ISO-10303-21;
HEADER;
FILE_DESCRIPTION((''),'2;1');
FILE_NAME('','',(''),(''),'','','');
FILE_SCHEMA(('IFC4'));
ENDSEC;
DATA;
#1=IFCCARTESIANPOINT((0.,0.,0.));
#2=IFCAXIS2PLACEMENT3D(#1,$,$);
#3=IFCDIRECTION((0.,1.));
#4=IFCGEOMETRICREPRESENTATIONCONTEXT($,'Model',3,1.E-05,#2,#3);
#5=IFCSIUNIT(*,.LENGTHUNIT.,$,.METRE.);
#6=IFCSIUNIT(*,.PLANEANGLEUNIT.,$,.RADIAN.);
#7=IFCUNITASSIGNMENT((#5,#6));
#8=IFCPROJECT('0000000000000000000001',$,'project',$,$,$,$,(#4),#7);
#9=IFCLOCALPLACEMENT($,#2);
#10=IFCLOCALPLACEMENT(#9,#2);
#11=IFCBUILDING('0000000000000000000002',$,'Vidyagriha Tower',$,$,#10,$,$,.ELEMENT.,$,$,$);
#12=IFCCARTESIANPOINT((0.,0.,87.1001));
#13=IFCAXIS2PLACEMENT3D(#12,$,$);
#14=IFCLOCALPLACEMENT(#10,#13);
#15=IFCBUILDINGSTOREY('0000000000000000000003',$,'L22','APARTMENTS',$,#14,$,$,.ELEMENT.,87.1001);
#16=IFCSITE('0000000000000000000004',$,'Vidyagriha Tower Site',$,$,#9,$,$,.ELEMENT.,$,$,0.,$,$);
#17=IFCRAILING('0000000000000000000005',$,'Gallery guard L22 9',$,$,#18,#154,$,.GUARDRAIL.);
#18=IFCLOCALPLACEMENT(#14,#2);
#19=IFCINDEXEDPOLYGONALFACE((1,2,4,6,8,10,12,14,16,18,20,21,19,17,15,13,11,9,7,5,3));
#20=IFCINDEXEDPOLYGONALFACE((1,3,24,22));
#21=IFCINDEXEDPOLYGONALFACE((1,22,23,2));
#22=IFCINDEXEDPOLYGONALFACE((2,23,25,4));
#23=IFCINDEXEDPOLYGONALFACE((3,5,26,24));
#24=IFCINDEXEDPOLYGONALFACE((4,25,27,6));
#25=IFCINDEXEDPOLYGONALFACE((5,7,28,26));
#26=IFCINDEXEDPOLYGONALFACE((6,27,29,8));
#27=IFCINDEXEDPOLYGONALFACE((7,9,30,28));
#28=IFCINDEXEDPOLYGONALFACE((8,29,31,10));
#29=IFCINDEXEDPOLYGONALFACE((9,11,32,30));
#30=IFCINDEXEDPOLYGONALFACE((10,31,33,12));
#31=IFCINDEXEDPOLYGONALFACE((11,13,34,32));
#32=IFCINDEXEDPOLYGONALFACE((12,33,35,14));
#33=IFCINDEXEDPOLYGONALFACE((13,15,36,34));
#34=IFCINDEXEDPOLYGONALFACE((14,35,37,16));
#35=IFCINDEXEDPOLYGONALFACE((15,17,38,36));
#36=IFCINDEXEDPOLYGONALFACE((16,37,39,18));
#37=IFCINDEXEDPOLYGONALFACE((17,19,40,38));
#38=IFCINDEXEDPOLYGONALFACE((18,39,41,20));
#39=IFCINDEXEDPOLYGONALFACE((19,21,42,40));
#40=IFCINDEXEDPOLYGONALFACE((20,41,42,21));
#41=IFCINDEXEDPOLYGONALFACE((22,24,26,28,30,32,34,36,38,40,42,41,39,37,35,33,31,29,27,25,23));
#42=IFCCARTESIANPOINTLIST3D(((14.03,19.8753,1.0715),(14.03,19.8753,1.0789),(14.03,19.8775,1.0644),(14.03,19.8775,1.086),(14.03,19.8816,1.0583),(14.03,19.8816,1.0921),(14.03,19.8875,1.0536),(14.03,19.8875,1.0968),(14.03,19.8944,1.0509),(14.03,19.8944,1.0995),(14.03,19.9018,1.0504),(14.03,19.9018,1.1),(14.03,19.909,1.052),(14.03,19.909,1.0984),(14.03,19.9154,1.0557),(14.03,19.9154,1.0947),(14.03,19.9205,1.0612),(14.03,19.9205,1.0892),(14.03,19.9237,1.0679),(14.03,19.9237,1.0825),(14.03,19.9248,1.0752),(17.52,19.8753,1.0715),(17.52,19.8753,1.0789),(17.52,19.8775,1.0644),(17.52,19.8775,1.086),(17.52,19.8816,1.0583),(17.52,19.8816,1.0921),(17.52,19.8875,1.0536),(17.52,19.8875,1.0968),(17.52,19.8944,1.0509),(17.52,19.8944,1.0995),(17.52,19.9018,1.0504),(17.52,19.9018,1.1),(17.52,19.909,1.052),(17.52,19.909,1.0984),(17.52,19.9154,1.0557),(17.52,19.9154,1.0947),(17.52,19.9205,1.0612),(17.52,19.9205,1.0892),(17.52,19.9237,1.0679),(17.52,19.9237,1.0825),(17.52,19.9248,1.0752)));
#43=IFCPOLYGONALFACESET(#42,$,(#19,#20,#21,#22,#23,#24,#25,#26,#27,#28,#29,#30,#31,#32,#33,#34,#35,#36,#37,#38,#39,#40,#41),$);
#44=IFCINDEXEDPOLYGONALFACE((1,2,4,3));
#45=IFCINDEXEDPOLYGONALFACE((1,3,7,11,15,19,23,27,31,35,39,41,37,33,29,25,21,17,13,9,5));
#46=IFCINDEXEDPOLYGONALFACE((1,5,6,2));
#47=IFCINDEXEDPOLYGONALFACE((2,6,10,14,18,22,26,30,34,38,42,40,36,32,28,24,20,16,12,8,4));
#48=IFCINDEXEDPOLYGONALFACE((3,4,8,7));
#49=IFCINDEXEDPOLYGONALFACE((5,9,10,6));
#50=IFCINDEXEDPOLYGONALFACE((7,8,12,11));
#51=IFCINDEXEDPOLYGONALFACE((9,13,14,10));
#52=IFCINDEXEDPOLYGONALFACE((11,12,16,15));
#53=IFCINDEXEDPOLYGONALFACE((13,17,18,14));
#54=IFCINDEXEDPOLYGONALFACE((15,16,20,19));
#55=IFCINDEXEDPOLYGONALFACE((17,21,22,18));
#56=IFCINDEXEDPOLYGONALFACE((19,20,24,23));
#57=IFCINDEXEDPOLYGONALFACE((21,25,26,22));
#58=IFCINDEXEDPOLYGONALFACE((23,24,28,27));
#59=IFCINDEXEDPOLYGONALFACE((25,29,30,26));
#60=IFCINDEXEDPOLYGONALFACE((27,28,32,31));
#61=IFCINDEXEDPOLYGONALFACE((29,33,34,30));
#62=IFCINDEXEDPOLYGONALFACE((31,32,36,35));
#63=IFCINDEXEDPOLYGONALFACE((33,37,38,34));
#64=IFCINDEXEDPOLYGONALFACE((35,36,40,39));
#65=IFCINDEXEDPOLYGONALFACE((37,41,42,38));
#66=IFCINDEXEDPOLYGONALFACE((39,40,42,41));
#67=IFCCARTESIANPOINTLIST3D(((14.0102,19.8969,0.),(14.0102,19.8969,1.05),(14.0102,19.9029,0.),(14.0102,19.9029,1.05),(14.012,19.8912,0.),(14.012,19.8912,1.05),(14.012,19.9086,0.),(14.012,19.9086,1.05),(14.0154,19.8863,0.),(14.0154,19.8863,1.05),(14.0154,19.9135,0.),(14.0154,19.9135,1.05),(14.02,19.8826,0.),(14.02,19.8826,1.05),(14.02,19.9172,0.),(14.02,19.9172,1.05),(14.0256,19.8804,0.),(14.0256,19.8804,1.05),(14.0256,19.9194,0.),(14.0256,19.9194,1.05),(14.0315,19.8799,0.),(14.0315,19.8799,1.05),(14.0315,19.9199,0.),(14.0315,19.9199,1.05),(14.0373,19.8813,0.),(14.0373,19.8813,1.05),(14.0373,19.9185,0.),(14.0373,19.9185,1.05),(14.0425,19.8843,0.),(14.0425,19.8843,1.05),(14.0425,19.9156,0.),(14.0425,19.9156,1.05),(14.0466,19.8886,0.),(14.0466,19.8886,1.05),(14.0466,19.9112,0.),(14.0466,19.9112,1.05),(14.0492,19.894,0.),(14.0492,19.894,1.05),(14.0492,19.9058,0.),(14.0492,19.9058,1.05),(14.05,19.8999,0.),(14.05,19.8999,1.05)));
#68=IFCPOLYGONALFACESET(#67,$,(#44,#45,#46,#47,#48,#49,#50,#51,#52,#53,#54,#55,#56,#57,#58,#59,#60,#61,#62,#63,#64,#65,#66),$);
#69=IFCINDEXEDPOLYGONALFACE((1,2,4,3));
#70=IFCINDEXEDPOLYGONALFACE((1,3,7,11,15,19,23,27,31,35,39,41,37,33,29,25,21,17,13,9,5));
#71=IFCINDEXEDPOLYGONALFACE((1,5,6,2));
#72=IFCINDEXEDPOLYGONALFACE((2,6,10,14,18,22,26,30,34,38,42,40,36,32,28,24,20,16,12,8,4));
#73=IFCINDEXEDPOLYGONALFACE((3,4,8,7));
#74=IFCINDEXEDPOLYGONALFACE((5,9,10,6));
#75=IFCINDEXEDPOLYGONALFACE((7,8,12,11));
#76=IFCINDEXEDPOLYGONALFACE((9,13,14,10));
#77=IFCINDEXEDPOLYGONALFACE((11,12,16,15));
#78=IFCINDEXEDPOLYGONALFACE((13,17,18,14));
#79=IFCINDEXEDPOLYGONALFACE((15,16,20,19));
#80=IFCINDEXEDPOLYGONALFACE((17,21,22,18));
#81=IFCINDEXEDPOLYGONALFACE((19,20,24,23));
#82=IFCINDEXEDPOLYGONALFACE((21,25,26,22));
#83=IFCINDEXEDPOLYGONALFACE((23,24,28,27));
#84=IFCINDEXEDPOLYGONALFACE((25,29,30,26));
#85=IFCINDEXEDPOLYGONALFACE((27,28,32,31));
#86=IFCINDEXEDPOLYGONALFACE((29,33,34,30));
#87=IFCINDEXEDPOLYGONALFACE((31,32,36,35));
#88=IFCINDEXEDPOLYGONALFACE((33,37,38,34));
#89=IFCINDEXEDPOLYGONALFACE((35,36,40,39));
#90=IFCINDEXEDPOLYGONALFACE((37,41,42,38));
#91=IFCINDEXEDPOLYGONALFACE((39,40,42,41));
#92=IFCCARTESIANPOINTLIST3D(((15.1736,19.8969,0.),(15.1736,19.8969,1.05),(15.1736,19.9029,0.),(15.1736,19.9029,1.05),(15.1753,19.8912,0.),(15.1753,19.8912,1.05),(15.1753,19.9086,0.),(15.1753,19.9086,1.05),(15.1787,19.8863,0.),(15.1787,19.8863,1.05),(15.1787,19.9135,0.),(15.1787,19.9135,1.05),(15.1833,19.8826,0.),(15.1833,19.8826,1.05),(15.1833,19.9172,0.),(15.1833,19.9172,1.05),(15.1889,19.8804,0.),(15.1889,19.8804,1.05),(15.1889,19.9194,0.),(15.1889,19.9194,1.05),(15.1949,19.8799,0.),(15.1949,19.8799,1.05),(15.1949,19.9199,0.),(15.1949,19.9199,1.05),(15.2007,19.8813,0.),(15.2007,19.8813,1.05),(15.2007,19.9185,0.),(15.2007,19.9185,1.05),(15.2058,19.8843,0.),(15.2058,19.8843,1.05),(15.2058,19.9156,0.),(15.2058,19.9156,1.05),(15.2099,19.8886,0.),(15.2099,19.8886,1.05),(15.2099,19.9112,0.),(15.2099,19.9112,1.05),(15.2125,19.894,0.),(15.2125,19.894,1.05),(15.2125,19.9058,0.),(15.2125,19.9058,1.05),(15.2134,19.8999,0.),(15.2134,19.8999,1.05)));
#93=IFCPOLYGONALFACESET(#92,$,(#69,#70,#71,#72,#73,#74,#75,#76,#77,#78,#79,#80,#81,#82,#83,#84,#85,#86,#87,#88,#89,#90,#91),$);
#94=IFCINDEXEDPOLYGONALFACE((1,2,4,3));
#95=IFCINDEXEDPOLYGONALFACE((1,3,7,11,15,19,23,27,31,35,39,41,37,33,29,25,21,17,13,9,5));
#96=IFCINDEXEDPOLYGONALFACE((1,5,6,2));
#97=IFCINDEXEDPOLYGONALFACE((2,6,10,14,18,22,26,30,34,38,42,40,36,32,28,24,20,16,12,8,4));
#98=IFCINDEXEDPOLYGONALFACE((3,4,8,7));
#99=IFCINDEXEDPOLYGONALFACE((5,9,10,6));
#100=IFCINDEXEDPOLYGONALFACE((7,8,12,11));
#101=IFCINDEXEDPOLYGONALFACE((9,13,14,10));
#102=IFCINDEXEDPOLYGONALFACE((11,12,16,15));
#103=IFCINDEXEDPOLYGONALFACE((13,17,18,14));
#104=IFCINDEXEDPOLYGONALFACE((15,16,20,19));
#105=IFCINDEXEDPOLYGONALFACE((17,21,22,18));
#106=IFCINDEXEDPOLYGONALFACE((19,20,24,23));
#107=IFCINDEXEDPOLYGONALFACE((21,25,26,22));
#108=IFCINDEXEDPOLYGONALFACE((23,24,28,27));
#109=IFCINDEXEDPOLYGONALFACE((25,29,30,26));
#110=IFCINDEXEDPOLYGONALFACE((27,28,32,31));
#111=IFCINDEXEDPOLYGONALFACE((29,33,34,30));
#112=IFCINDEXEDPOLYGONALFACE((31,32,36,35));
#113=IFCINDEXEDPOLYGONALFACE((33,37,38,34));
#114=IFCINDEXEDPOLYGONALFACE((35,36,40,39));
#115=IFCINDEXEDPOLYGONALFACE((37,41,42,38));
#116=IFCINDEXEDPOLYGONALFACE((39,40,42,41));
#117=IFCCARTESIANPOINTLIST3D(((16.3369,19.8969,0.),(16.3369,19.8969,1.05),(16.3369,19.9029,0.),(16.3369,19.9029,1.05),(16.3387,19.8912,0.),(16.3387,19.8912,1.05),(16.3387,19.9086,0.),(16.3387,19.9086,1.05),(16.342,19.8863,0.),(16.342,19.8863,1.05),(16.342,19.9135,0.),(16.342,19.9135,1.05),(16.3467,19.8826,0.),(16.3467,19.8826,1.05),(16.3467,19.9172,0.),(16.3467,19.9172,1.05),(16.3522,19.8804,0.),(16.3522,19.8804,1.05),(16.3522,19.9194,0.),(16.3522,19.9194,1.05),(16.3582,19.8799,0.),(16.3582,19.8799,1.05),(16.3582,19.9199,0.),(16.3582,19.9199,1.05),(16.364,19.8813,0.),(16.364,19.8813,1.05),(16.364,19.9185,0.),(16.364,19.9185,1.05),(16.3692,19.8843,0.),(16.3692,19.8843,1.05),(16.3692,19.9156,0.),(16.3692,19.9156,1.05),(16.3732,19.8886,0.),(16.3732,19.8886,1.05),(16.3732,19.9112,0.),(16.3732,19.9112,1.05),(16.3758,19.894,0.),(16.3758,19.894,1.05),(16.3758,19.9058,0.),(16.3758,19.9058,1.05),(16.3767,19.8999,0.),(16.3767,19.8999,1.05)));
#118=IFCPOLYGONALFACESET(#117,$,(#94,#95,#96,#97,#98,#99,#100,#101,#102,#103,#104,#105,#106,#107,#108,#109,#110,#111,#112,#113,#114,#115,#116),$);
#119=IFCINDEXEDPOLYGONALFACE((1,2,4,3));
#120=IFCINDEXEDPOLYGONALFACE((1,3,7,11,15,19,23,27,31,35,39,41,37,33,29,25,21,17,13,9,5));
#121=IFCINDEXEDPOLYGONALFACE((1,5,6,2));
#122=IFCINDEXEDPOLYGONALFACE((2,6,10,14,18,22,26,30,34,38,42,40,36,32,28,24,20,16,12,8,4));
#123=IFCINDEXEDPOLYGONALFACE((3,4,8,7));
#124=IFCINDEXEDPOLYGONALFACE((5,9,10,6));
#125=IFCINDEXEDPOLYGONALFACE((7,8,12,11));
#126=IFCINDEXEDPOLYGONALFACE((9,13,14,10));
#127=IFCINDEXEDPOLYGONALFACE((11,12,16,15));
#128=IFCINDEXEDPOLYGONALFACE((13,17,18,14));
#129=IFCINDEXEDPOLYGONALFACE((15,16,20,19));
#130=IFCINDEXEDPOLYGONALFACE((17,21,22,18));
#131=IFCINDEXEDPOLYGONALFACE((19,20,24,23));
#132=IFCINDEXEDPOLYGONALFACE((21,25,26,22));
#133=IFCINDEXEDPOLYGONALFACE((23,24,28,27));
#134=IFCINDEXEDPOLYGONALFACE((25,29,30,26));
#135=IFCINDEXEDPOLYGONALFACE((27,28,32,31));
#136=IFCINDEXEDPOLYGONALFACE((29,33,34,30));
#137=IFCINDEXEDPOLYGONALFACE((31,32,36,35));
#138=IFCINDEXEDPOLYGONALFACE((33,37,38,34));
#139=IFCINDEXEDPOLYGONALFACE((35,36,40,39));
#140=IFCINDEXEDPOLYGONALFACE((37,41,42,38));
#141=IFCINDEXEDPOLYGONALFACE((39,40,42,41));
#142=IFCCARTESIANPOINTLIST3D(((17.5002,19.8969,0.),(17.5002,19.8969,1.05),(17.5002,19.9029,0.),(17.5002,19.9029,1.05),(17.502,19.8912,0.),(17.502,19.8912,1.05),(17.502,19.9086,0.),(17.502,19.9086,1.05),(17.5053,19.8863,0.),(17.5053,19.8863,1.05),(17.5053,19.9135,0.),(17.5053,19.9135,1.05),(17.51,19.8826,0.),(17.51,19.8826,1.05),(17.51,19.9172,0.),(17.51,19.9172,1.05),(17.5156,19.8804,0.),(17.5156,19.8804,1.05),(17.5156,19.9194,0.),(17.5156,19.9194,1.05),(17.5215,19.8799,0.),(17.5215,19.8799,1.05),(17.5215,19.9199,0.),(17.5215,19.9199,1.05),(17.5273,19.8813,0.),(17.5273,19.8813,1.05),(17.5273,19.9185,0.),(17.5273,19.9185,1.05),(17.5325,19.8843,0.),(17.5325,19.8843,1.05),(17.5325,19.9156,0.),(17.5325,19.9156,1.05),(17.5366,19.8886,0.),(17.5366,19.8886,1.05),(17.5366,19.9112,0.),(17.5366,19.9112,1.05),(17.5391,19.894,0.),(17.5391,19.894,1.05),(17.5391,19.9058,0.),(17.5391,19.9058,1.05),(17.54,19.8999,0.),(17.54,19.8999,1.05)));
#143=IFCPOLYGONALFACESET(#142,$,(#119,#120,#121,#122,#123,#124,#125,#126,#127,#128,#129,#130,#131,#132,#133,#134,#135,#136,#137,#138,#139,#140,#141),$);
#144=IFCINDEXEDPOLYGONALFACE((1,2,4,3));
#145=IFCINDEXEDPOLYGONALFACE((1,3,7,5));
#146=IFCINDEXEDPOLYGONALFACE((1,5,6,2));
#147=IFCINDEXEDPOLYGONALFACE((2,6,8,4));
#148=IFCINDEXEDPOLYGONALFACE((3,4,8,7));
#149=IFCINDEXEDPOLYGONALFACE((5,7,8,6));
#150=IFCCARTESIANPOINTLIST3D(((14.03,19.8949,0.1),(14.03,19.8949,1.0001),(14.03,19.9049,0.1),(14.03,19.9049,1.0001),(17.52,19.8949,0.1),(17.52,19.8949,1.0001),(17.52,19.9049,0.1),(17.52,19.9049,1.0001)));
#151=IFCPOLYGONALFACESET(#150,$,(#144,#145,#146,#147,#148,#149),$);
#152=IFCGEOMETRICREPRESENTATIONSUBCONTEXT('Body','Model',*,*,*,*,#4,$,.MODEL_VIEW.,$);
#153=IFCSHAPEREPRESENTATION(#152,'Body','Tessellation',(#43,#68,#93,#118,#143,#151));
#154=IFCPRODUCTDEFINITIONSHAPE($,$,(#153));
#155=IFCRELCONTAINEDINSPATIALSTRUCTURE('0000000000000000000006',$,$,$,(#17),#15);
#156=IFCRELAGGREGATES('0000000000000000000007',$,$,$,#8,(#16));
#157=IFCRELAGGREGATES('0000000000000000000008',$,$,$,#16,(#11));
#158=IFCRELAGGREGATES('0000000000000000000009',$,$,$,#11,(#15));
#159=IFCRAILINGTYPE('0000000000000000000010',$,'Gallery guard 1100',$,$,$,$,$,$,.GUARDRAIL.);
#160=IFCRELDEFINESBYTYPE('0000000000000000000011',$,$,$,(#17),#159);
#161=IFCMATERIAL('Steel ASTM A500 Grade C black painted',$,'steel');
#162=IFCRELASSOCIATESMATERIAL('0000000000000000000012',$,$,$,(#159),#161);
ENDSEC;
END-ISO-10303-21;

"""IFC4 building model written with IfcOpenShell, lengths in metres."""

from ifc_helpers import new_model, si_unit, direction, frame, origin, origin_2d, place, context, subcontext, project, spatial, rectangle, circle, extrude, material, type_object, element, save


model = new_model("IFC4")

# Units and contexts
model_context = context("Model", 3, precision=1e-05, world=origin(), true_north=direction((0.0, 1.0)))
body_context = subcontext(model_context, "Body", "Model", "MODEL_VIEW")
ifc_project = project(units=[si_unit("LENGTHUNIT", "METRE"), si_unit("PLANEANGLEUNIT", "RADIAN")], contexts=[model_context])

# Site, building, storey
site_placement = place(None, origin())
site = spatial("IfcSite", under=ifc_project, at=site_placement, Name="Vidyagriha Tower Site", CompositionType="ELEMENT", RefElevation=0.0)
building_placement = place(site_placement, origin())
building = spatial("IfcBuilding", under=site, at=building_placement, Name="Vidyagriha Tower", CompositionType="ELEMENT")
storey_placement = place(building_placement, frame((0.0, 0.0, 87.1001)))
storey = spatial("IfcBuildingStorey", under=building, at=storey_placement, Name="L22", Description="APARTMENTS", CompositionType="ELEMENT", Elevation=87.1001)

# Railing
ifc_material_1 = material(Name="Steel ASTM A500 Grade C black painted", Category="steel")
railing_type = type_object("IfcRailingType", Name="Gallery guard 1100", PredefinedType="GUARDRAIL", material=ifc_material_1)
railing_1_placement = place(storey_placement, frame((14.03, 19.8999, 0.0)))
element("IfcRailing", 1, at=railing_1_placement, inside=storey, type_object=railing_type, Name="Gallery guard L22 9", PredefinedType="GUARDRAIL", context=body_context, shape_type="SweptSolid", body=[
    extrude(circle(Radius=0.0249, at=origin_2d()), frame((0.0, 0.0, 1.0752), z_axis=(1.0, 0.0, 0.0), x_axis=(0.0, 1.0, 0.0)), (0.0, 0.0, 1.0), 3.49),
    extrude(circle(Radius=0.02, at=origin_2d()), origin(), (0.0, 0.0, 1.0), 1.05),
    extrude(circle(Radius=0.02, at=origin_2d()), frame((1.1633, 0.0, 0.0)), (0.0, 0.0, 1.0), 1.05),
    extrude(circle(Radius=0.02, at=origin_2d()), frame((2.3267, 0.0, 0.0)), (0.0, 0.0, 1.0), 1.05),
    extrude(circle(Radius=0.02, at=origin_2d()), frame((3.49, 0.0, 0.0)), (0.0, 0.0, 1.0), 1.05),
    extrude(rectangle(XDim=0.01, YDim=0.9001, at=origin_2d()), frame((0.0, 0.0, 0.55), z_axis=(1.0, 0.0, 0.0), x_axis=(0.0, 1.0, 0.0)), (0.0, 0.0, 1.0), 3.49),
])

save(model, "model.ifc")
